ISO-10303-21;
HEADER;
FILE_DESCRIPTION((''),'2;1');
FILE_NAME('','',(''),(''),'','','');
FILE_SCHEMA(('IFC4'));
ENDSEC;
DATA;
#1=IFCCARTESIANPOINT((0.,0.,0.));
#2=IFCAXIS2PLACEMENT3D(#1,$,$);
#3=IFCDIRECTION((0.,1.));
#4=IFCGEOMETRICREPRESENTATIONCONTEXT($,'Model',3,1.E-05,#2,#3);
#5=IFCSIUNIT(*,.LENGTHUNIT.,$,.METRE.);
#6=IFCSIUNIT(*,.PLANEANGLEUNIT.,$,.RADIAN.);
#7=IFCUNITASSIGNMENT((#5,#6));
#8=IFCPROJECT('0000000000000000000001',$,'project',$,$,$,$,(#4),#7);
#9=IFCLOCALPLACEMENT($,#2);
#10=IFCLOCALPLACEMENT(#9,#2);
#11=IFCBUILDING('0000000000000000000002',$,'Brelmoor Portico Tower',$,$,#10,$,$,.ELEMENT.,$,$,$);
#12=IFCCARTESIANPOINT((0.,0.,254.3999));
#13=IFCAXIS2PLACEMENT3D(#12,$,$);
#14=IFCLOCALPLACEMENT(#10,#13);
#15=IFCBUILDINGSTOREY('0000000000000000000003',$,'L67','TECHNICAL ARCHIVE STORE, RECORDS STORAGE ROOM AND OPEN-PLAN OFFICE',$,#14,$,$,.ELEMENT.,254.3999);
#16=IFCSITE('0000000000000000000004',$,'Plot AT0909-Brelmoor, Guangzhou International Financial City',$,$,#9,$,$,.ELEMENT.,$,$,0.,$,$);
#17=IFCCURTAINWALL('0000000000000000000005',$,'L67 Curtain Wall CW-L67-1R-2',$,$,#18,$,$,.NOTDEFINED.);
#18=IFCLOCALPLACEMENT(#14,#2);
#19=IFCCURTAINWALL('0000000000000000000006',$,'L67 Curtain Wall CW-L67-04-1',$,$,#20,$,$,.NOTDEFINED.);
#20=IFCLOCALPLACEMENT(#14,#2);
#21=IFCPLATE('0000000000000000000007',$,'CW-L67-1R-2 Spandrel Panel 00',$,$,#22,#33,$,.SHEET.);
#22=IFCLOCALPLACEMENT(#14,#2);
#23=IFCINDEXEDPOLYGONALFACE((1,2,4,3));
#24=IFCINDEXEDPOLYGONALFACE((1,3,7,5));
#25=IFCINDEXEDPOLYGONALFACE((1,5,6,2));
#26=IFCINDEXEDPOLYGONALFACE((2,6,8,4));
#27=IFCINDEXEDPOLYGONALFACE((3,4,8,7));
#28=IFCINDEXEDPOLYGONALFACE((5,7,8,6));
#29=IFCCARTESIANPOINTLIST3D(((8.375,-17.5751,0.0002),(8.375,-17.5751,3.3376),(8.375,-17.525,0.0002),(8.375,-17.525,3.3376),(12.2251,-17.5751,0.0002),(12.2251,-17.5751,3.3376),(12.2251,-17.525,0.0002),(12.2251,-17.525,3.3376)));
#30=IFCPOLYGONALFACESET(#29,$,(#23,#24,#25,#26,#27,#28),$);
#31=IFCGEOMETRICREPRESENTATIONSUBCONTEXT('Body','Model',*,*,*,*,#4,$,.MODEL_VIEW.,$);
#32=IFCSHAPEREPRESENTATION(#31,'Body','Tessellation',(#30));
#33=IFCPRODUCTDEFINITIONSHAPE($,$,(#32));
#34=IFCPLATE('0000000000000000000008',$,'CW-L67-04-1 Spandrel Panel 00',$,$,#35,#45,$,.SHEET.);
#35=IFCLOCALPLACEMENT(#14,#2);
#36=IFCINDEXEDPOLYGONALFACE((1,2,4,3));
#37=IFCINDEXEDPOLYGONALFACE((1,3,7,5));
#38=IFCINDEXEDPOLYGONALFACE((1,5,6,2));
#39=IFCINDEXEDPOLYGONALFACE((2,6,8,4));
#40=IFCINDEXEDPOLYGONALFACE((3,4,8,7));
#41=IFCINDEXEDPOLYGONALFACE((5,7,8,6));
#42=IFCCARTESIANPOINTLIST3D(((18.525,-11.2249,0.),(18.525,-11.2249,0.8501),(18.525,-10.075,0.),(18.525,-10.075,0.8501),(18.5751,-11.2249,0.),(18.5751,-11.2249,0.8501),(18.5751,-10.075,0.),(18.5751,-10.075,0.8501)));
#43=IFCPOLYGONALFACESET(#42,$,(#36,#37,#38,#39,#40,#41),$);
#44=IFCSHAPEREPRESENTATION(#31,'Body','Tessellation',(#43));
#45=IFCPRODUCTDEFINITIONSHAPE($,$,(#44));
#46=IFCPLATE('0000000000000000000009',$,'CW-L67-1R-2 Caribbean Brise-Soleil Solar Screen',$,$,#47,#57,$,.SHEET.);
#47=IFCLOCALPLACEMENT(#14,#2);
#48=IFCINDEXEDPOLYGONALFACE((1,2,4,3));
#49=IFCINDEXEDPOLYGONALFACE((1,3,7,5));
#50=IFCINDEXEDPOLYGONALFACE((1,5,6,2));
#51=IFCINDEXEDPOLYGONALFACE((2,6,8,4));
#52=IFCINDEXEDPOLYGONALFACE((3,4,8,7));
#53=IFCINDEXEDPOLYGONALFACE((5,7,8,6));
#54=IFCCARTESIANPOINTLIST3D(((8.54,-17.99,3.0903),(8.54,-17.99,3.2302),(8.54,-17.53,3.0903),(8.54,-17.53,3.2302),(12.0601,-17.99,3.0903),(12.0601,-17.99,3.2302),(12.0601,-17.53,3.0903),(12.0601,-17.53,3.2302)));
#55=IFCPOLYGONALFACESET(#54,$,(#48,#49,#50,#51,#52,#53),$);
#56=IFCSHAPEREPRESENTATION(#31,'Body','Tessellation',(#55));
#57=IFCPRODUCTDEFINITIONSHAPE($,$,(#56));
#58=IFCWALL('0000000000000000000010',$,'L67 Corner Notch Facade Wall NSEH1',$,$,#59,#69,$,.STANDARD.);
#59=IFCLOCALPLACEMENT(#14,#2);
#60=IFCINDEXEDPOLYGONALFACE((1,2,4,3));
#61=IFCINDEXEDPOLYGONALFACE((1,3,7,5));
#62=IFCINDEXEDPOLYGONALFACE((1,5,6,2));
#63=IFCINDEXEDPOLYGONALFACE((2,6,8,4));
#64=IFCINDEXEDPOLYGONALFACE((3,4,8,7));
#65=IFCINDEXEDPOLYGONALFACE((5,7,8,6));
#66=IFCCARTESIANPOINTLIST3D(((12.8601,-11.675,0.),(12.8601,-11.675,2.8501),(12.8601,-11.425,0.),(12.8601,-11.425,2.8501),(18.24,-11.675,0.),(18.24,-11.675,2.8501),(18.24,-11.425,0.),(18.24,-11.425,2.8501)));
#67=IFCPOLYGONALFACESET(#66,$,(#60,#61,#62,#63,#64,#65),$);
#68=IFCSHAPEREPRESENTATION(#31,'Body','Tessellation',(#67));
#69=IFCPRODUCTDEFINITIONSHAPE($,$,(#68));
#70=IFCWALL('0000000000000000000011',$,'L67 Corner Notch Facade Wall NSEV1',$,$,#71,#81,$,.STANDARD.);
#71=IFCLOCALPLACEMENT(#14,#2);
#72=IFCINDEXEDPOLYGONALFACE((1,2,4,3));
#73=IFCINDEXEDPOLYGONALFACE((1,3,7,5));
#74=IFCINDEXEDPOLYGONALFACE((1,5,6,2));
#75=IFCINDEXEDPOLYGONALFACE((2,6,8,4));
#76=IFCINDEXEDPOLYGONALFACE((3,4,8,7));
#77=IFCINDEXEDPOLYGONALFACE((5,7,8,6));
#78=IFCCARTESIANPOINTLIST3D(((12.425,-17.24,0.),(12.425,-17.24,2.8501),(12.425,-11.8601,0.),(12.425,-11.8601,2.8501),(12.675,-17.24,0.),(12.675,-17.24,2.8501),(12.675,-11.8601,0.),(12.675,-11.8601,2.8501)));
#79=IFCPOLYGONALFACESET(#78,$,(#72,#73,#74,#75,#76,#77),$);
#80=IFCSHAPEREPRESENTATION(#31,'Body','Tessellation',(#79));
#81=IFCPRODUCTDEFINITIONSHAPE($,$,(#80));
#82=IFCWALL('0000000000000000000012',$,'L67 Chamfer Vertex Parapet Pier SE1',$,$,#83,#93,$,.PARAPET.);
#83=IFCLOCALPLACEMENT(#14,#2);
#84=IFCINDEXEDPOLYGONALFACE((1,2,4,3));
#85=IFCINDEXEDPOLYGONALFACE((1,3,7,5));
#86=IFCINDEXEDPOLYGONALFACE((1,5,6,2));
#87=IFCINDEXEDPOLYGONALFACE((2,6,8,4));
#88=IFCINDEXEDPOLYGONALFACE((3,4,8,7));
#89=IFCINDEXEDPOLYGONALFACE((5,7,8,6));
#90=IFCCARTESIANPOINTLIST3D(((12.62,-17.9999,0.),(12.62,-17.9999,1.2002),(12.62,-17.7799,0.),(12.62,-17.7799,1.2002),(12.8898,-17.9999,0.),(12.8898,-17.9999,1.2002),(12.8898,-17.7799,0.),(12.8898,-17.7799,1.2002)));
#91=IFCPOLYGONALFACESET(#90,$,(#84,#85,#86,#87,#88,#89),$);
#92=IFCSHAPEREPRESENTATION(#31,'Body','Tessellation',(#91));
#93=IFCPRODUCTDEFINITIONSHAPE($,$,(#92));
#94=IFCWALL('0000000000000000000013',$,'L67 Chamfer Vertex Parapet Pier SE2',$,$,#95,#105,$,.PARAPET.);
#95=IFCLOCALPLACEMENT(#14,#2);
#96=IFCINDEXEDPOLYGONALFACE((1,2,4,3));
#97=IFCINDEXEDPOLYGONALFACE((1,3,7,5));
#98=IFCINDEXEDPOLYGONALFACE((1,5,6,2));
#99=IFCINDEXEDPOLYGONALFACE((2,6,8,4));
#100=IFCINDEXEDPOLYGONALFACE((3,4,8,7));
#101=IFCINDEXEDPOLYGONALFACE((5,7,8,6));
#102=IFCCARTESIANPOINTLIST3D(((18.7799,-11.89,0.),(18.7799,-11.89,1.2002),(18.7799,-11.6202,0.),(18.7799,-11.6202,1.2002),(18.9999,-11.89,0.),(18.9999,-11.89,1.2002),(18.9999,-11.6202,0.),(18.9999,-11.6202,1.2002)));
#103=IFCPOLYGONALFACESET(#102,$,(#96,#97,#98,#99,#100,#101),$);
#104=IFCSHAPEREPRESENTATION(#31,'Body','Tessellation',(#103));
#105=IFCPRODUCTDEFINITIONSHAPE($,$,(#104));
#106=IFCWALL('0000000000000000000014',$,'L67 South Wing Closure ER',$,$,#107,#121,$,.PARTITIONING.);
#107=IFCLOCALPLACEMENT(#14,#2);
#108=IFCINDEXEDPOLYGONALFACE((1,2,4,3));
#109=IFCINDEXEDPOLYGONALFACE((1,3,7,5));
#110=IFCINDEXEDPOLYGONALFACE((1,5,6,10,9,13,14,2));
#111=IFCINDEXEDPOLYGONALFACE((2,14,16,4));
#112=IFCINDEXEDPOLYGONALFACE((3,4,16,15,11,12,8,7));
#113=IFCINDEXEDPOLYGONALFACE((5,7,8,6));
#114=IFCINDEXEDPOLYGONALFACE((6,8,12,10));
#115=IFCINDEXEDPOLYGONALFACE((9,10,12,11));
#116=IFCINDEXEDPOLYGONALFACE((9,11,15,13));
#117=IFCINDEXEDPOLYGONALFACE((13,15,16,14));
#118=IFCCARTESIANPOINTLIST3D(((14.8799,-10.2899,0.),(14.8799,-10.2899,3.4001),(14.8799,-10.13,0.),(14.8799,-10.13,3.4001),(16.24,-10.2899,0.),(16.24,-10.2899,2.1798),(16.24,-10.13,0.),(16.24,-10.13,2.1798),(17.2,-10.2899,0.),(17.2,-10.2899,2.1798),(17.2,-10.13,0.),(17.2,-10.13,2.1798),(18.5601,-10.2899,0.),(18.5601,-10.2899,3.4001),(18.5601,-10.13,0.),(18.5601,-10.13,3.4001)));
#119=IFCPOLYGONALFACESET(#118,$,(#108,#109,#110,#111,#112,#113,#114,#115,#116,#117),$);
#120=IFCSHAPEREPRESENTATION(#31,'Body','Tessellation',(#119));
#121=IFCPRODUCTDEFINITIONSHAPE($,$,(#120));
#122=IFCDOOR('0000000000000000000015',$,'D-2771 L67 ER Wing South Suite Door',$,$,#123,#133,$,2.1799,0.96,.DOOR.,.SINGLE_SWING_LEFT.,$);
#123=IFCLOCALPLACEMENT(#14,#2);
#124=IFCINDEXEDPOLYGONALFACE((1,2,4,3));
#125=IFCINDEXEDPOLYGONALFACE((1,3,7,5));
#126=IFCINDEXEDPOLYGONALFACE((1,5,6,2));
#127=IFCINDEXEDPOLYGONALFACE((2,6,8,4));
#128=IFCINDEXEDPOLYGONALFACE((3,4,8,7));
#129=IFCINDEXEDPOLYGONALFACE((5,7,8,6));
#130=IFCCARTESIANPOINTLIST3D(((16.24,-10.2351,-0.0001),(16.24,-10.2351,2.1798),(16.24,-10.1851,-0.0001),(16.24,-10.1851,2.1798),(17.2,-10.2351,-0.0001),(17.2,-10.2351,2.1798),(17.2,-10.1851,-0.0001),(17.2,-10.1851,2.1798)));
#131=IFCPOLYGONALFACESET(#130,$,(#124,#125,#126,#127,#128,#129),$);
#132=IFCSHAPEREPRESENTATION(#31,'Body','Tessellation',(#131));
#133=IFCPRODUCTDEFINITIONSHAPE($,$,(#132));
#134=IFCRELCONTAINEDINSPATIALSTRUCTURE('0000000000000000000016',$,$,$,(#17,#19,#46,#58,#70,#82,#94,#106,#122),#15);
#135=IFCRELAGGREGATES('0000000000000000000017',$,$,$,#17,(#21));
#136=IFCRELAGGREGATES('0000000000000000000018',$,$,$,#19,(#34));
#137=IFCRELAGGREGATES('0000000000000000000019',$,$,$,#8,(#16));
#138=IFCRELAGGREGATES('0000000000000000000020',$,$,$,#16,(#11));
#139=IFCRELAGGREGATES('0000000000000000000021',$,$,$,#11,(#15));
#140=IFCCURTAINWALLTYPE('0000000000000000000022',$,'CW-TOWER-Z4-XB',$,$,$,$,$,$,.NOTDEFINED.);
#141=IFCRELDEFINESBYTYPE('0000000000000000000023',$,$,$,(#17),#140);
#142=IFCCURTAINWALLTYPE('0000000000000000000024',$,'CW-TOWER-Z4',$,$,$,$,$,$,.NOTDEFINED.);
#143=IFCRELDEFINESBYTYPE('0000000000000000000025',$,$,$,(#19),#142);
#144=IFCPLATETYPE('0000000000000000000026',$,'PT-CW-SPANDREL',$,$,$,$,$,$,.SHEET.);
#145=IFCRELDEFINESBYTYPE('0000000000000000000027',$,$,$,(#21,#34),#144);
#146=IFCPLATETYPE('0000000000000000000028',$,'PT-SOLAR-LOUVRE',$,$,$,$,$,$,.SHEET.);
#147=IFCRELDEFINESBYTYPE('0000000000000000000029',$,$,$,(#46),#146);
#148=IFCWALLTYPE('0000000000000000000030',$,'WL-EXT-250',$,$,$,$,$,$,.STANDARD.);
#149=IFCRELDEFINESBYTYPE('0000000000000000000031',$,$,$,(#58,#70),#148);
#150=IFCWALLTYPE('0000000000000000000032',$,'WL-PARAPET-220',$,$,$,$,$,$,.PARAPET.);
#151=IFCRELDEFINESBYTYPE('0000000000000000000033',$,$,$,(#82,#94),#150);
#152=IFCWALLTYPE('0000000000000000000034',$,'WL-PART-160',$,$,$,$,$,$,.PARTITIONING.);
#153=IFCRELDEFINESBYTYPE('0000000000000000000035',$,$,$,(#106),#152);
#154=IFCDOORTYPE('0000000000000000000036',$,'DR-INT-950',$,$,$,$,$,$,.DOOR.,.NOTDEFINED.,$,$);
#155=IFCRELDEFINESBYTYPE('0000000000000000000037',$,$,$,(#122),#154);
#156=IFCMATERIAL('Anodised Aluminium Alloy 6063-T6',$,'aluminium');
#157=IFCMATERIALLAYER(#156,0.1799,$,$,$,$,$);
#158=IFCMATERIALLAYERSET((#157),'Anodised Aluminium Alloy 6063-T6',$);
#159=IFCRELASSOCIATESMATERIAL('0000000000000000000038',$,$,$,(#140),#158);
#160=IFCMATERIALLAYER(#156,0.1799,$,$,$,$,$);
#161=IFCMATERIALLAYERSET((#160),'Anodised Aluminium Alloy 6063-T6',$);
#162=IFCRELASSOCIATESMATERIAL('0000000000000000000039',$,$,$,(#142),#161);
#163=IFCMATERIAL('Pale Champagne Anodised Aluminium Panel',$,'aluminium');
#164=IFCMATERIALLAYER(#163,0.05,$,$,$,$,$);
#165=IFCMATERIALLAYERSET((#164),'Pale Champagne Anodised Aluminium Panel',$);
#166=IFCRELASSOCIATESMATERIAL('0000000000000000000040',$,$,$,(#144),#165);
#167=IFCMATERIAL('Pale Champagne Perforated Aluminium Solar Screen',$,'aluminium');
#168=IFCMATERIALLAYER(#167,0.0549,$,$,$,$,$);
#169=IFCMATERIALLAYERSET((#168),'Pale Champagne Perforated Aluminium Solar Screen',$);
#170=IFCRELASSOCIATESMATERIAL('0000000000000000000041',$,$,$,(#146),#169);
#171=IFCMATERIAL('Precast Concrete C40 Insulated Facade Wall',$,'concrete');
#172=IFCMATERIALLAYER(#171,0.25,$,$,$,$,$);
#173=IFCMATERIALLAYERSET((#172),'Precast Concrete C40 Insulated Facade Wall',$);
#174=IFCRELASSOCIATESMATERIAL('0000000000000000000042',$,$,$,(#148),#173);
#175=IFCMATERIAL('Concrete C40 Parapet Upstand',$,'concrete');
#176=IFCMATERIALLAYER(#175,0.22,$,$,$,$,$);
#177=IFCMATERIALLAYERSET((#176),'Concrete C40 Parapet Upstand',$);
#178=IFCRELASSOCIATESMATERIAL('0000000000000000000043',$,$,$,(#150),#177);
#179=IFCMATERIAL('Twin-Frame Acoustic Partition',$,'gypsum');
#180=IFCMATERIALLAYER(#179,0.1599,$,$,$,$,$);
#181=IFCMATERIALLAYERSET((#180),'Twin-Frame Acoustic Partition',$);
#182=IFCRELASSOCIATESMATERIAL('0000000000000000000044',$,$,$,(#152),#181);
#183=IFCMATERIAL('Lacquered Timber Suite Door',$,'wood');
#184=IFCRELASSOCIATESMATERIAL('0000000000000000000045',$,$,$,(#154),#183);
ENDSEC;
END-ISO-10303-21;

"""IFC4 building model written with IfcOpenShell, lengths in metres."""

from ifc_helpers import new_model, si_unit, direction, frame, frame_2d, origin, origin_2d, place, context, subcontext, project, spatial, rectangle, extrude, material, layer, layer_set, type_object, element, fill, aggregate, save


model = new_model("IFC4")

# Units and contexts
model_context = context("Model", 3, precision=1e-05, world=origin(), true_north=direction((0.0, 1.0)))
body_context = subcontext(model_context, "Body", "Model", "MODEL_VIEW")
ifc_project = project(units=[si_unit("LENGTHUNIT", "METRE"), si_unit("PLANEANGLEUNIT", "RADIAN")], contexts=[model_context])

# Site, building, storey
site_placement = place(None, origin())
site = spatial("IfcSite", under=ifc_project, at=site_placement, Name="Plot AT0909-Brelmoor, Guangzhou International Financial City", CompositionType="ELEMENT", RefElevation=0.0)
building_placement = place(site_placement, origin())
building = spatial("IfcBuilding", under=site, at=building_placement, Name="Brelmoor Portico Tower", CompositionType="ELEMENT")
storey_placement = place(building_placement, frame((0.0, 0.0, 254.3999)))
storey = spatial("IfcBuildingStorey", under=building, at=storey_placement, Name="L67", Description="TECHNICAL ARCHIVE STORE, RECORDS STORAGE ROOM AND OPEN-PLAN OFFICE", CompositionType="ELEMENT", Elevation=254.3999)

# Curtain wall
ifc_material_1 = material(Name="Anodised Aluminium Alloy 6063-T6", Category="aluminium")
ifc_layer_1 = layer(ifc_material_1, 0.1799)
ifc_layer_set_1 = layer_set([ifc_layer_1], Name="Anodised Aluminium Alloy 6063-T6")
curtain_wall_type_1 = type_object("IfcCurtainWallType", Name="CW-TOWER-Z4-XB", PredefinedType="NOTDEFINED", material=ifc_layer_set_1)
curtain_wall_1_placement = place(storey_placement, origin())
curtain_wall_1 = element("IfcCurtainWall", 1, at=curtain_wall_1_placement, inside=storey, type_object=curtain_wall_type_1, Name="L67 Curtain Wall CW-L67-1R-2", PredefinedType="NOTDEFINED")

# Curtain wall
ifc_layer_2 = layer(ifc_material_1, 0.1799)
ifc_layer_set_2 = layer_set([ifc_layer_2], Name="Anodised Aluminium Alloy 6063-T6")
curtain_wall_type_2 = type_object("IfcCurtainWallType", Name="CW-TOWER-Z4", PredefinedType="NOTDEFINED", material=ifc_layer_set_2)
curtain_wall_2_placement = place(storey_placement, origin())
curtain_wall_2 = element("IfcCurtainWall", 2, at=curtain_wall_2_placement, inside=storey, type_object=curtain_wall_type_2, Name="L67 Curtain Wall CW-L67-04-1", PredefinedType="NOTDEFINED")

# Plates
ifc_material_2 = material(Name="Pale Champagne Anodised Aluminium Panel", Category="aluminium")
ifc_layer_3 = layer(ifc_material_2, 0.05)
ifc_layer_set_3 = layer_set([ifc_layer_3], Name="Pale Champagne Anodised Aluminium Panel")
plate_type_1 = type_object("IfcPlateType", Name="PT-CW-SPANDREL", PredefinedType="SHEET", material=ifc_layer_set_3)
plate_1_placement = place(storey_placement, frame((10.3, -17.55, 0.0002), z_axis=(0.0, 0.0, 1.0), x_axis=(1.0, 0.0, 0.0)))
plate_1 = element("IfcPlate", 3, at=plate_1_placement, type_object=plate_type_1, Name="CW-L67-1R-2 Spandrel Panel 00", PredefinedType="SHEET", context=body_context, shape_type="SweptSolid", body=[
    extrude(rectangle(XDim=3.8501, YDim=0.05, at=origin_2d()), origin(), (0.0, 0.0, 1.0), 3.3374),
])
aggregate(curtain_wall_1, [plate_1])
plate_2_placement = place(storey_placement, frame((18.55, -10.6499, 0.0), z_axis=(0.0, 0.0, 1.0), x_axis=(0.0, 1.0, 0.0)))
plate_2 = element("IfcPlate", 4, at=plate_2_placement, type_object=plate_type_1, Name="CW-L67-04-1 Spandrel Panel 00", PredefinedType="SHEET", context=body_context, shape_type="SweptSolid", body=[
    extrude(rectangle(XDim=1.1499, YDim=0.05, at=origin_2d()), origin(), (0.0, 0.0, 1.0), 0.8501),
])
aggregate(curtain_wall_2, [plate_2])
ifc_material_3 = material(Name="Pale Champagne Perforated Aluminium Solar Screen", Category="aluminium")
ifc_layer_4 = layer(ifc_material_3, 0.0549)
ifc_layer_set_4 = layer_set([ifc_layer_4], Name="Pale Champagne Perforated Aluminium Solar Screen")
plate_type_2 = type_object("IfcPlateType", Name="PT-SOLAR-LOUVRE", PredefinedType="SHEET", material=ifc_layer_set_4)
plate_3_placement = place(storey_placement, frame((10.3, -17.76, 3.0903), z_axis=(0.0, 0.0, 1.0), x_axis=(1.0, 0.0, 0.0)))
element("IfcPlate", 5, at=plate_3_placement, inside=storey, type_object=plate_type_2, Name="CW-L67-1R-2 Caribbean Brise-Soleil Solar Screen", PredefinedType="SHEET", context=body_context, shape_type="SweptSolid", body=[
    extrude(rectangle(XDim=3.52, YDim=0.46, at=origin_2d()), origin(), (0.0, 0.0, 1.0), 0.1399),
])

# Walls
ifc_material_4 = material(Name="Precast Concrete C40 Insulated Facade Wall", Category="concrete")
ifc_layer_5 = layer(ifc_material_4, 0.25)
ifc_layer_set_5 = layer_set([ifc_layer_5], Name="Precast Concrete C40 Insulated Facade Wall")
wall_type_1 = type_object("IfcWallType", Name="WL-EXT-250", PredefinedType="STANDARD", material=ifc_layer_set_5)
for number, where, z_axis, x_axis, name in (
    (6, (12.8601, -11.55, 0.0), (0.0, 0.0, 1.0), (1.0, 0.0, 0.0), "L67 Corner Notch Facade Wall NSEH1"),
    (7, (12.55, -17.24, 0.0), (0.0, 0.0, 1.0), (0.0, 1.0, 0.0), "L67 Corner Notch Facade Wall NSEV1"),
):
    element("IfcWall", number, at=place(storey_placement, frame(where, z_axis=z_axis, x_axis=x_axis)), inside=storey, type_object=wall_type_1, Name=name, PredefinedType="STANDARD", context=body_context, shape_type="SweptSolid", body=[
        extrude(rectangle(XDim=5.3799, YDim=0.25, at=frame_2d((2.6899, 0.0))), origin(), (0.0, 0.0, 1.0), 2.8501),
    ])
ifc_material_5 = material(Name="Concrete C40 Parapet Upstand", Category="concrete")
ifc_layer_6 = layer(ifc_material_5, 0.22)
ifc_layer_set_6 = layer_set([ifc_layer_6], Name="Concrete C40 Parapet Upstand")
wall_type_2 = type_object("IfcWallType", Name="WL-PARAPET-220", PredefinedType="PARAPET", material=ifc_layer_set_6)
for number, where, z_axis, x_axis, name in (
    (8, (12.6201, -17.8899, 0.0), (0.0, 0.0, 1.0), (1.0, 0.0, 0.0), "L67 Chamfer Vertex Parapet Pier SE1"),
    (9, (18.8899, -11.8899, 0.0), (0.0, 0.0, 1.0), (0.0, 1.0, 0.0), "L67 Chamfer Vertex Parapet Pier SE2"),
):
    element("IfcWall", number, at=place(storey_placement, frame(where, z_axis=z_axis, x_axis=x_axis)), inside=storey, type_object=wall_type_2, Name=name, PredefinedType="PARAPET", context=body_context, shape_type="SweptSolid", body=[
        extrude(rectangle(XDim=0.2698, YDim=0.22, at=frame_2d((0.1348, 0.0))), origin(), (0.0, 0.0, 1.0), 1.2002),
    ])

# Wall, opening, door
ifc_material_6 = material(Name="Twin-Frame Acoustic Partition", Category="gypsum")
ifc_layer_7 = layer(ifc_material_6, 0.1599)
ifc_layer_set_7 = layer_set([ifc_layer_7], Name="Twin-Frame Acoustic Partition")
wall_type_3 = type_object("IfcWallType", Name="WL-PART-160", PredefinedType="PARTITIONING", material=ifc_layer_set_7)
wall_placement = place(storey_placement, frame((14.8799, -10.21, 0.0), z_axis=(0.0, 0.0, 1.0), x_axis=(1.0, 0.0, 0.0)))
wall = element("IfcWall", 10, at=wall_placement, inside=storey, type_object=wall_type_3, Name="L67 South Wing Closure ER", PredefinedType="PARTITIONING", context=body_context, shape_type="SweptSolid", body=[
    extrude(rectangle(XDim=3.6802, YDim=0.1599, at=frame_2d((1.8401, 0.0))), origin(), (0.0, 0.0, 1.0), 3.4001),
])
opening_placement = place(wall_placement, frame((1.3601, 0.0, 0.0)))
opening = element("IfcOpeningElement", 11, at=opening_placement, cuts=wall, PredefinedType="OPENING", context=body_context, shape_type="SweptSolid", body=[
    extrude(rectangle(XDim=0.96, YDim=2.1799, at=frame_2d((0.48, 1.0898))), frame((0.0, 0.0898, 0.0), z_axis=(0.0, -1.0, 0.0), x_axis=(1.0, 0.0, 0.0)), (0.0, 0.0, 1.0), 0.1799),
])
ifc_material_7 = material(Name="Lacquered Timber Suite Door", Category="wood")
door_type = type_object("IfcDoorType", Name="DR-INT-950", OperationType="NOTDEFINED", PredefinedType="DOOR", material=ifc_material_7)
door_placement = place(opening_placement, origin())
door = element("IfcDoor", 12, at=door_placement, inside=storey, type_object=door_type, Name="D-2771 L67 ER Wing South Suite Door", OperationType="SINGLE_SWING_LEFT", OverallHeight=2.1799, OverallWidth=0.96, PredefinedType="DOOR", context=body_context, shape_type="SweptSolid", body=[
    extrude(rectangle(XDim=0.96, YDim=2.1799, at=frame_2d((0.48, 1.0898))), frame((0.0, 0.0249, 0.0), z_axis=(0.0, -1.0, 0.0), x_axis=(1.0, 0.0, 0.0)), (0.0, 0.0, 1.0), 0.05),
])
fill(opening, door)

save(model, "model.ifc")
